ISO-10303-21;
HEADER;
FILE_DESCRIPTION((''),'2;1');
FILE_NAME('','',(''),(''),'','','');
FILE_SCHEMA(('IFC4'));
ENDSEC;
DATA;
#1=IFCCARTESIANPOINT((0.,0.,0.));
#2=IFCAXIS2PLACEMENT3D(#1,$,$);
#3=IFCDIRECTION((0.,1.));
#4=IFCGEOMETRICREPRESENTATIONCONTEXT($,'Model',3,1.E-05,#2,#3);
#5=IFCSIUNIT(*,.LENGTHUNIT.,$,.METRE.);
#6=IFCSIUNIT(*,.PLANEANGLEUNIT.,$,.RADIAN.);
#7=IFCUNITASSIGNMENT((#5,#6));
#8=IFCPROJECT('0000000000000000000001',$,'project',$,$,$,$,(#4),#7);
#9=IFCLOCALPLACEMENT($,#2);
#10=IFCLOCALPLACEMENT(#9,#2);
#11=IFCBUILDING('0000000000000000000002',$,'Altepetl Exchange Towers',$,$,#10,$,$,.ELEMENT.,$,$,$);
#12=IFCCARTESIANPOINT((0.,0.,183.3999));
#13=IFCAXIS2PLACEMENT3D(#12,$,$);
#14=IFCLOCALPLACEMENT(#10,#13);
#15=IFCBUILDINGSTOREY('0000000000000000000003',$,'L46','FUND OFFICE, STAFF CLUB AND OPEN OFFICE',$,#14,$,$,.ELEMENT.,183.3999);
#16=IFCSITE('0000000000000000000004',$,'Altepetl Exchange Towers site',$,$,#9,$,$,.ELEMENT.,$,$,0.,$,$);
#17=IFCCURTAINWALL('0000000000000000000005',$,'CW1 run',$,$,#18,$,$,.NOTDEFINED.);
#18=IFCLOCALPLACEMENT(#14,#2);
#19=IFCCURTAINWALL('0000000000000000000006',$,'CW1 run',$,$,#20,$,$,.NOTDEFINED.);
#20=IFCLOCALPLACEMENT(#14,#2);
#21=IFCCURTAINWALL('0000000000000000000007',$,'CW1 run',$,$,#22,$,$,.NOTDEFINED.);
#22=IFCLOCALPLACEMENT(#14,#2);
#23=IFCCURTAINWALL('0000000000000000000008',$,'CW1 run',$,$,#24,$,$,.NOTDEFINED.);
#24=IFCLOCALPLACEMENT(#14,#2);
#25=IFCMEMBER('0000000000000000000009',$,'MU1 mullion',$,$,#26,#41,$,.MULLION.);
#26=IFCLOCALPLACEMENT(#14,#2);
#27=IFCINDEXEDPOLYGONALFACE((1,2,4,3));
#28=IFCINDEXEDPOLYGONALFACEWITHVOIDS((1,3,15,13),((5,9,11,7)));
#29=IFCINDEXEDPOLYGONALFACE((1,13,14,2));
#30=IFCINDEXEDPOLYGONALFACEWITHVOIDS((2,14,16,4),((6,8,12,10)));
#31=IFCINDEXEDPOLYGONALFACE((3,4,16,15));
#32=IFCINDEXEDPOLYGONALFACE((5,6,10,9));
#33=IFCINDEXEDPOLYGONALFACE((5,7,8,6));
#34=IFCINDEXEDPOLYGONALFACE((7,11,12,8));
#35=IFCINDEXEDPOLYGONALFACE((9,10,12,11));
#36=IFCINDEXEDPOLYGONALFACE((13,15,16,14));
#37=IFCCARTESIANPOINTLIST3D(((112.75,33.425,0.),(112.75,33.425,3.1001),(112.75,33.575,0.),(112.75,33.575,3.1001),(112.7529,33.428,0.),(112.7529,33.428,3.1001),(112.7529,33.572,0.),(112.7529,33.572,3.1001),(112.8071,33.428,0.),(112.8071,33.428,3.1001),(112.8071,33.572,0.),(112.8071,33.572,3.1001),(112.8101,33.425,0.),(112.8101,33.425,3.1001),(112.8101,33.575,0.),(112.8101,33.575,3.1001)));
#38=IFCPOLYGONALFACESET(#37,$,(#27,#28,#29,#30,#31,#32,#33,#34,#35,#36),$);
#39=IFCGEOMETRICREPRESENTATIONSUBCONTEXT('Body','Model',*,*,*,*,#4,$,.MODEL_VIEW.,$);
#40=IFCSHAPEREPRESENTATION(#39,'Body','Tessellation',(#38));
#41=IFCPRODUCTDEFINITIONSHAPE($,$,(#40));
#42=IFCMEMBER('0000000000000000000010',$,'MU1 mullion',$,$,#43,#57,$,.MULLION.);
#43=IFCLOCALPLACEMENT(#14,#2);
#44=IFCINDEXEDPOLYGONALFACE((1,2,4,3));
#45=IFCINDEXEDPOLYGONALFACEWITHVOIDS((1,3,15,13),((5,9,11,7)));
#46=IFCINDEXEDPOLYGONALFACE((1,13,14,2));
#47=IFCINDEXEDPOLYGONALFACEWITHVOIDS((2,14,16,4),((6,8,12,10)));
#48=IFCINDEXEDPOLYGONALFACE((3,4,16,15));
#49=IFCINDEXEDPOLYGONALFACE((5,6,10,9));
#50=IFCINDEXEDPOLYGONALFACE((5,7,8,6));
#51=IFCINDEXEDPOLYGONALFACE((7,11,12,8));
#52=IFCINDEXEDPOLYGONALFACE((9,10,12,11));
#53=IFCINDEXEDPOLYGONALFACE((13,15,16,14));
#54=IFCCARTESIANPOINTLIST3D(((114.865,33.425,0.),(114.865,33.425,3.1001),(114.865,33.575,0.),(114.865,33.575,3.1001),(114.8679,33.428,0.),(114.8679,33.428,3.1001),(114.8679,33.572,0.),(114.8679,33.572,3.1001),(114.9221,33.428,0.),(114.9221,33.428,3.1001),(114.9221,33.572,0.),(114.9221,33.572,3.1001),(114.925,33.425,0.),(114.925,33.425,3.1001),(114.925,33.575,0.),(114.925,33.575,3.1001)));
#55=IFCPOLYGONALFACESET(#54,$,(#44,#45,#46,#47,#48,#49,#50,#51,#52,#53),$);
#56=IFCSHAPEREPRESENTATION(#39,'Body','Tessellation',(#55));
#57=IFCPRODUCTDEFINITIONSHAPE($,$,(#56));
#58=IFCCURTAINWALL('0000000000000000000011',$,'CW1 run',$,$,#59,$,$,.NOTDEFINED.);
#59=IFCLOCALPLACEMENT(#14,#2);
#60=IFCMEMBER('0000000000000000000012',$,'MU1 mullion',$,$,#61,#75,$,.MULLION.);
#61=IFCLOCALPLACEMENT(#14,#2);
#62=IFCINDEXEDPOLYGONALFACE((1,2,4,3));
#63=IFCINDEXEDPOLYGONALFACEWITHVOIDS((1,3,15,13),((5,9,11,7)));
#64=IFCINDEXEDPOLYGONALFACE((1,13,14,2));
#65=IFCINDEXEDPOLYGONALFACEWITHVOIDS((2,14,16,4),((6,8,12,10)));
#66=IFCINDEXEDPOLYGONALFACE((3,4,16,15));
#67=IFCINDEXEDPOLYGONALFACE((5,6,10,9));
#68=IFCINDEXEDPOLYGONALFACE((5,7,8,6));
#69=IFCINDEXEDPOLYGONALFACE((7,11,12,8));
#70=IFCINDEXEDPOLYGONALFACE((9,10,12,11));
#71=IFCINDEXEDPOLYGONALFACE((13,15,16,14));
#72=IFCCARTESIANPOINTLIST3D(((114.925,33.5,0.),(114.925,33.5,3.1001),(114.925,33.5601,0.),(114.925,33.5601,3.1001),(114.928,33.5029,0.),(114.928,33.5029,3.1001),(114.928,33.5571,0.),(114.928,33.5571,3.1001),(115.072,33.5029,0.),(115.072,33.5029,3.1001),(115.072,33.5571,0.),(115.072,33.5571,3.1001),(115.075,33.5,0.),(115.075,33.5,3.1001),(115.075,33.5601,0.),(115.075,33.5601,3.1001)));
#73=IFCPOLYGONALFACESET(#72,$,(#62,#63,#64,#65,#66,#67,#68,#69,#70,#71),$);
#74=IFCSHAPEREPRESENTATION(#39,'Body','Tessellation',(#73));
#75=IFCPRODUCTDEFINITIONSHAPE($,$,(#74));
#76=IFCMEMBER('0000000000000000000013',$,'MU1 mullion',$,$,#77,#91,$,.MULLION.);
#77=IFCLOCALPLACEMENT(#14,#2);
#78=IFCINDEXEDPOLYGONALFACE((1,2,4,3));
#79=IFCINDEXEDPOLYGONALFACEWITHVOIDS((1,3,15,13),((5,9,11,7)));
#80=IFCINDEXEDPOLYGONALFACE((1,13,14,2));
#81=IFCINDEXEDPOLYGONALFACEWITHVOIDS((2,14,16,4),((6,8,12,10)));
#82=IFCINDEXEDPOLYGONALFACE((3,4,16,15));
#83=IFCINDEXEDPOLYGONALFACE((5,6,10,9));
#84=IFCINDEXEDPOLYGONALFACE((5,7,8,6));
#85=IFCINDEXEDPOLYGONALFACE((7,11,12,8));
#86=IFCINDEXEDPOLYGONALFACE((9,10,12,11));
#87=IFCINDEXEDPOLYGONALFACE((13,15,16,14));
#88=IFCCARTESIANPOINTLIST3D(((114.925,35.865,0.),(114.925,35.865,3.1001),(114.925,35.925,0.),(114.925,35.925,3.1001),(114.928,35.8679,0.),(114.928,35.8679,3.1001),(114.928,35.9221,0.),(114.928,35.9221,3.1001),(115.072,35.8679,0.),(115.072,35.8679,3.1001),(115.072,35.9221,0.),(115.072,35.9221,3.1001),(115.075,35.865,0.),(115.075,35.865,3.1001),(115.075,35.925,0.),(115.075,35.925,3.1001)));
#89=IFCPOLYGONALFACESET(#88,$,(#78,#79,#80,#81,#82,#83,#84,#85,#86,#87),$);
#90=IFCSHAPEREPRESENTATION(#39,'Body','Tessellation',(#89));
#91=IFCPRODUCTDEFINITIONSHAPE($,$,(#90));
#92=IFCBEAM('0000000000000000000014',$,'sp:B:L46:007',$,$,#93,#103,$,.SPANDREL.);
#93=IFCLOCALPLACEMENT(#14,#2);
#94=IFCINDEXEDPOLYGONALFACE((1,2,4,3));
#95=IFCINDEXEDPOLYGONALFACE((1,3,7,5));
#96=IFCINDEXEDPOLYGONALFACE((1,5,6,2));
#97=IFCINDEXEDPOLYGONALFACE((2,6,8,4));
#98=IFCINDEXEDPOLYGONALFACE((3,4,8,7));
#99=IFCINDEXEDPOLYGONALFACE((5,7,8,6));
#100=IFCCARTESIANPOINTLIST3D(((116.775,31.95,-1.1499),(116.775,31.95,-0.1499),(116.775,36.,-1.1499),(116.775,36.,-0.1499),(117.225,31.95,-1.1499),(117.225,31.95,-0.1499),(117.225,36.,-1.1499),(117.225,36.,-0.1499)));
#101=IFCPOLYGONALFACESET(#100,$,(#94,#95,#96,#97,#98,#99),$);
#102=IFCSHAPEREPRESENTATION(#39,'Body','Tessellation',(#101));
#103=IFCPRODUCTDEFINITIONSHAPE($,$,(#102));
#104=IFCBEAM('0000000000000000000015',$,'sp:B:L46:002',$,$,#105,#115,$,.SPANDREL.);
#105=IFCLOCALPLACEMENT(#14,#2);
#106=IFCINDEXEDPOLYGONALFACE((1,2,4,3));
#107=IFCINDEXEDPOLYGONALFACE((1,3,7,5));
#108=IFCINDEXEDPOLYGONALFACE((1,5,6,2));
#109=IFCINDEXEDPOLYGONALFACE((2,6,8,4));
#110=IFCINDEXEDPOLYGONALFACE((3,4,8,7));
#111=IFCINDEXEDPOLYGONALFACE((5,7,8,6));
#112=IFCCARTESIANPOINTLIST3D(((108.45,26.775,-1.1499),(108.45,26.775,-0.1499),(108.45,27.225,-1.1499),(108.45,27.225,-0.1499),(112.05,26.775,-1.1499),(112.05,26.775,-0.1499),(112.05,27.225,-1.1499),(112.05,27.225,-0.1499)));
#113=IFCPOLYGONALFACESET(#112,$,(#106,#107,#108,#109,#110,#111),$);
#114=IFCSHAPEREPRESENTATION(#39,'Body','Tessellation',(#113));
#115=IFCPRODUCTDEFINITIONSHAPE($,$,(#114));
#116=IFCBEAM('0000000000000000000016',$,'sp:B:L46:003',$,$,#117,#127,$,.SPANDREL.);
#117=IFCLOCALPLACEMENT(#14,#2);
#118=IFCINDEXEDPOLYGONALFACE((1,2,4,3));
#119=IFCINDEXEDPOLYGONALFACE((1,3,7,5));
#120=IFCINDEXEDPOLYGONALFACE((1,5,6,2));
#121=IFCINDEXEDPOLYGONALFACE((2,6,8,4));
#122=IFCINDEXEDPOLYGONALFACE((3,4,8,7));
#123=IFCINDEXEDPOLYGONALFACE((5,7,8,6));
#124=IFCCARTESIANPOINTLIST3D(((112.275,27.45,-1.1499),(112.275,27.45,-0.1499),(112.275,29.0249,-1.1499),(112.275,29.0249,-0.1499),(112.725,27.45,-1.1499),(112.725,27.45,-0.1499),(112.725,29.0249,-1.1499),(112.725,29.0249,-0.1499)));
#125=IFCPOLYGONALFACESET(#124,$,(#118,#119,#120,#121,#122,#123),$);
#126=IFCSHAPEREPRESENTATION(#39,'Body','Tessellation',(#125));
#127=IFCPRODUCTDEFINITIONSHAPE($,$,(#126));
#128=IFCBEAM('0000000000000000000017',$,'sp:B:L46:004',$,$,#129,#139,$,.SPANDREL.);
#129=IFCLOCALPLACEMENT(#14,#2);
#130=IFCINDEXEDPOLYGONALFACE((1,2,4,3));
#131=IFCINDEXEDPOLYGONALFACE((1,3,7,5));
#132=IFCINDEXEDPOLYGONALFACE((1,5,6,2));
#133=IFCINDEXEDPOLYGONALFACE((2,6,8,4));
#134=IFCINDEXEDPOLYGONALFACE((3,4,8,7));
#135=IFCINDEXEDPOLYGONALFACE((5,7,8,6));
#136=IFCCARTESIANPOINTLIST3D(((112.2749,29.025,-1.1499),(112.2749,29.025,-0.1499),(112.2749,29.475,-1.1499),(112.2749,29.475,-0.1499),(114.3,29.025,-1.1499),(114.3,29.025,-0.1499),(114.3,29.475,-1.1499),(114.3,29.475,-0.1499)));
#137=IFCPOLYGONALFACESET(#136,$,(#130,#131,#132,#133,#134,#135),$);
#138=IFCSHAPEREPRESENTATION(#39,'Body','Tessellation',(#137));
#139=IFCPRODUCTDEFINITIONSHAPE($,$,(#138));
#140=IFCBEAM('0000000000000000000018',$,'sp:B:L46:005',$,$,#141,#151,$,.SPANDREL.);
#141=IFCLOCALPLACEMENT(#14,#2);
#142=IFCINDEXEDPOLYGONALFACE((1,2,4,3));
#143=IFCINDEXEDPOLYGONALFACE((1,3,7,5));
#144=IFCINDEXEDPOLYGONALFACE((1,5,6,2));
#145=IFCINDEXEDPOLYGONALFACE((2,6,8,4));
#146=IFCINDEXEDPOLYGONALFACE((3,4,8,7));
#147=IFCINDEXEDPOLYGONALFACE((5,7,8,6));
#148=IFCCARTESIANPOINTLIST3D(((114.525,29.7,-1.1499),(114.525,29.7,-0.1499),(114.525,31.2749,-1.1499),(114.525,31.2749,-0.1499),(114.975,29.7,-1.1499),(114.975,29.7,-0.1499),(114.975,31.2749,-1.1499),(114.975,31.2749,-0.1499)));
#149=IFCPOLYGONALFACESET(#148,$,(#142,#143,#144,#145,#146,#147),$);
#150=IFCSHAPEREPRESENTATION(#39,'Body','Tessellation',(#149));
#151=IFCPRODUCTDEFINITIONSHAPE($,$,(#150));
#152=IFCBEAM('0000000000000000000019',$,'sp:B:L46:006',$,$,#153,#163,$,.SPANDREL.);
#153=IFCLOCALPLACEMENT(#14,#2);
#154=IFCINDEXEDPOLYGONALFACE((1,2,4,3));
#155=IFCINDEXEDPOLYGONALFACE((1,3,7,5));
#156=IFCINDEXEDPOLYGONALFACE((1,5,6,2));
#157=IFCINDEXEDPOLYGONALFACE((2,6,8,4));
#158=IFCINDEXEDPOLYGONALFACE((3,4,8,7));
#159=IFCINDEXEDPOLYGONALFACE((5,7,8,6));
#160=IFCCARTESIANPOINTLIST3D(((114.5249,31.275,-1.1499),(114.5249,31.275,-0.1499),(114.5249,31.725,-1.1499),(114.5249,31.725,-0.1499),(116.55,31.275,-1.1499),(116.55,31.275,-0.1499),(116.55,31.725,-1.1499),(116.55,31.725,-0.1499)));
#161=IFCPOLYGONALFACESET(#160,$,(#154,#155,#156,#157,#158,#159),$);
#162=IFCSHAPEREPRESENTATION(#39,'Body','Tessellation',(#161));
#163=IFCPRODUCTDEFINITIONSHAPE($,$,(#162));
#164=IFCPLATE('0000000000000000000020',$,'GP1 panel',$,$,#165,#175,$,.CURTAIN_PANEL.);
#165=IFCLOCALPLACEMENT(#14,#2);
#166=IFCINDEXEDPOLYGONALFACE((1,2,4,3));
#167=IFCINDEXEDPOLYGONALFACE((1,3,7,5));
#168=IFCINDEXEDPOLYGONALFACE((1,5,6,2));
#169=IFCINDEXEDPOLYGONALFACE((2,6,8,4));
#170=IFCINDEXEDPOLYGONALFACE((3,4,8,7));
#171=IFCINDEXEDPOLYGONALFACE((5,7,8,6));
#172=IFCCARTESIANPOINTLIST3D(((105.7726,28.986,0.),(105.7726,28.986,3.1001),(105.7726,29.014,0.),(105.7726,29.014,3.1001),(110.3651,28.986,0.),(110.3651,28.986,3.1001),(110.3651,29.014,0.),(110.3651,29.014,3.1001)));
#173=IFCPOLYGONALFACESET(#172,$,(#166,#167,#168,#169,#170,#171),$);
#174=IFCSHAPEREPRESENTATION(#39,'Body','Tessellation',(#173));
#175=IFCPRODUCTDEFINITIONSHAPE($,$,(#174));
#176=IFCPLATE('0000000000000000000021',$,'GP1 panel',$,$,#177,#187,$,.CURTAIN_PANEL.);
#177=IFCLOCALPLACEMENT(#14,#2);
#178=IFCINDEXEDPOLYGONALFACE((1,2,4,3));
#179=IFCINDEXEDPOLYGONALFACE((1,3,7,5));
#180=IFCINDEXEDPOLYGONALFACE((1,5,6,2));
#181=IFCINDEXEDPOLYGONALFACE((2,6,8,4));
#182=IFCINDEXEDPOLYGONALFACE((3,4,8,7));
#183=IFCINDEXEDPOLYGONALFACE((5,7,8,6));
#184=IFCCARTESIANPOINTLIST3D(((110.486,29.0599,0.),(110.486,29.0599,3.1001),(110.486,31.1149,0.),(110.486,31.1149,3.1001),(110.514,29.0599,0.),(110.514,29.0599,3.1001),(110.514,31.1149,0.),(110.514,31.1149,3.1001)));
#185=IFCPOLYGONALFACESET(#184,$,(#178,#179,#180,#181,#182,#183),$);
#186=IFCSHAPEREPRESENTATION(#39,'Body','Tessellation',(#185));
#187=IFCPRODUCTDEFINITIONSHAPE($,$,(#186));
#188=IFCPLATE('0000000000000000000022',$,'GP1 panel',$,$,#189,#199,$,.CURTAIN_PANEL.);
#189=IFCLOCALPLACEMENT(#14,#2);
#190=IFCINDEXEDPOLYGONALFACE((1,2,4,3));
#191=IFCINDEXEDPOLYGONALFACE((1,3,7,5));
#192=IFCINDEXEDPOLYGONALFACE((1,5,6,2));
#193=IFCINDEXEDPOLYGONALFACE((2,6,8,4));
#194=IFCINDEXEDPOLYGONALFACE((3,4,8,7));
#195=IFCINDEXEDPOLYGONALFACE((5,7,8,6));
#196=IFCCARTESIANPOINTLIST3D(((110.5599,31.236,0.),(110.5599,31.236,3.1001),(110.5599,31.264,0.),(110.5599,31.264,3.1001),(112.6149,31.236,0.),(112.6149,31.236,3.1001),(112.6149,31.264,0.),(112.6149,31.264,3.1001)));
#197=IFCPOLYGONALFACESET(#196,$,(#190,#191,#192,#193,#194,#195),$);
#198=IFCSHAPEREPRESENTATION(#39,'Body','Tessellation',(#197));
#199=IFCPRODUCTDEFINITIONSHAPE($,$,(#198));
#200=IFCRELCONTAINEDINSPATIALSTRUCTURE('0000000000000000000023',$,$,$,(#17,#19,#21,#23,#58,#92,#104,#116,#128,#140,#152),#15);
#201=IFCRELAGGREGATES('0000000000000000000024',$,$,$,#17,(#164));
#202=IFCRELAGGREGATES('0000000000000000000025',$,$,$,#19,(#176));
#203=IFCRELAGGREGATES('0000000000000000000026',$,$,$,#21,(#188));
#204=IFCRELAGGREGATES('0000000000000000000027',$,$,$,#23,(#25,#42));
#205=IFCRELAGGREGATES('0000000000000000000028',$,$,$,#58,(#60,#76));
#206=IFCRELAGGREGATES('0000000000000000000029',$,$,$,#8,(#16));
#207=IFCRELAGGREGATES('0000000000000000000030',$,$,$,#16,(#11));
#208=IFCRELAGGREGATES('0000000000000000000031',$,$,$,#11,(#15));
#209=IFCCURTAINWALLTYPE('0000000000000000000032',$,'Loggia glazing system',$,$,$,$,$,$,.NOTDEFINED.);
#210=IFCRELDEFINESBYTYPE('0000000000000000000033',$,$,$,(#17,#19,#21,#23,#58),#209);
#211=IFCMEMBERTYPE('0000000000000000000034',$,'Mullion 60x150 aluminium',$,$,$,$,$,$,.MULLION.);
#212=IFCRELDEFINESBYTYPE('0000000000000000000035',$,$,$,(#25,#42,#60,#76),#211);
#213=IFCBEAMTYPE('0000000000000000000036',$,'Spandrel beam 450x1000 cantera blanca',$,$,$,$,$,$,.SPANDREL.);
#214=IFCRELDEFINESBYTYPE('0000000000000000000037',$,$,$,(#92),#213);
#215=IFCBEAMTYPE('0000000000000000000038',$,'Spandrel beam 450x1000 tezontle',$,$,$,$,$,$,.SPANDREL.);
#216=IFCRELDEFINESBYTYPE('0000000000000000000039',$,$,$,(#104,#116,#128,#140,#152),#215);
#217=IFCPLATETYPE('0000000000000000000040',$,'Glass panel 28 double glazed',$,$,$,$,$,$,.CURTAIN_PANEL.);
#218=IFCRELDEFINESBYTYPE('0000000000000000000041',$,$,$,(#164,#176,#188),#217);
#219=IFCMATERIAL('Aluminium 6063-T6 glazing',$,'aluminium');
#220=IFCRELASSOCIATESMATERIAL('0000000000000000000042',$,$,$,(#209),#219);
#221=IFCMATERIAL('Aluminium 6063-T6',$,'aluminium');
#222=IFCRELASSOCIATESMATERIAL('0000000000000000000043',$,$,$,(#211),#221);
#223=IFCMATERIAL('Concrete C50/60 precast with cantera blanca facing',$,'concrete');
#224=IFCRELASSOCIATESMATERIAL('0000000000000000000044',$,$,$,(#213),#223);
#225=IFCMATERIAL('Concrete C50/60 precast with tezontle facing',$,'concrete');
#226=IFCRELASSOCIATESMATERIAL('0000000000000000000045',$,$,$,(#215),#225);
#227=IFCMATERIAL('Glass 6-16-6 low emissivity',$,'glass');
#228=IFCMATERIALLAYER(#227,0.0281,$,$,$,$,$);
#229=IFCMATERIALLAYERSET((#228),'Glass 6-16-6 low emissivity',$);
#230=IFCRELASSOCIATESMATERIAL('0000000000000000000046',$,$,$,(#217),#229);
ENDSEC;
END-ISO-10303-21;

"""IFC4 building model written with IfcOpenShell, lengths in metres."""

from ifc_helpers import new_model, si_unit, direction, frame, origin, origin_2d, place, context, subcontext, project, spatial, rectangle, hollow_rectangle, extrude, material, layer, layer_set, material_profile, profile_set, type_object, element, aggregate, save


model = new_model("IFC4")

# Units and contexts
model_context = context("Model", 3, precision=1e-05, world=origin(), true_north=direction((0.0, 1.0)))
body_context = subcontext(model_context, "Body", "Model", "MODEL_VIEW")
ifc_project = project(units=[si_unit("LENGTHUNIT", "METRE"), si_unit("PLANEANGLEUNIT", "RADIAN")], contexts=[model_context])

# Site, building, storey
site_placement = place(None, origin())
site = spatial("IfcSite", under=ifc_project, at=site_placement, Name="Altepetl Exchange Towers site", CompositionType="ELEMENT", RefElevation=0.0)
building_placement = place(site_placement, origin())
building = spatial("IfcBuilding", under=site, at=building_placement, Name="Altepetl Exchange Towers", CompositionType="ELEMENT")
storey_placement = place(building_placement, frame((0.0, 0.0, 183.3999)))
storey = spatial("IfcBuildingStorey", under=building, at=storey_placement, Name="L46", Description="FUND OFFICE, STAFF CLUB AND OPEN OFFICE", CompositionType="ELEMENT", Elevation=183.3999)

# Curtain wall
ifc_material_1 = material(Name="Aluminium 6063-T6 glazing", Category="aluminium")
curtain_wall_type = type_object("IfcCurtainWallType", Name="Loggia glazing system", PredefinedType="NOTDEFINED", material=ifc_material_1)
curtain_wall_1_placement = place(storey_placement, origin())
curtain_wall_1 = element("IfcCurtainWall", 1, at=curtain_wall_1_placement, inside=storey, type_object=curtain_wall_type, Name="CW1 run", PredefinedType="NOTDEFINED")
ifc_material_2 = material(Name="Aluminium 6063-T6", Category="aluminium")
ifc_material_profile_1 = material_profile(ifc_material_2, hollow_rectangle(XDim=0.0601, YDim=0.1499, WallThickness=0.0029, at=origin_2d()), Name="Mullion 60x150 aluminium")
ifc_profile_set_1 = profile_set([ifc_material_profile_1], Name="Aluminium 6063-T6")
member_type = type_object("IfcMemberType", Name="Mullion 60x150 aluminium", PredefinedType="MULLION", material=ifc_profile_set_1)

# Curtain walls, members
curtain_wall_2_placement = place(storey_placement, origin())
curtain_wall_2 = element("IfcCurtainWall", 2, at=curtain_wall_2_placement, inside=storey, type_object=curtain_wall_type, Name="CW1 run", PredefinedType="NOTDEFINED")
curtain_wall_3_placement = place(storey_placement, origin())
curtain_wall_3 = element("IfcCurtainWall", 3, at=curtain_wall_3_placement, inside=storey, type_object=curtain_wall_type, Name="CW1 run", PredefinedType="NOTDEFINED")
curtain_wall_4_placement = place(storey_placement, origin())
curtain_wall_4 = element("IfcCurtainWall", 4, at=curtain_wall_4_placement, inside=storey, type_object=curtain_wall_type, Name="CW1 run", PredefinedType="NOTDEFINED")
member_1_placement = place(storey_placement, frame((112.78, 33.5, 0.0)))
member_1 = element("IfcMember", 5, at=member_1_placement, type_object=member_type, Name="MU1 mullion", PredefinedType="MULLION", context=body_context, shape_type="SweptSolid", body=[
    extrude(hollow_rectangle(XDim=0.0601, YDim=0.1499, WallThickness=0.0029, at=origin_2d()), origin(), (0.0, 0.0, 1.0), 3.1001),
])
member_2_placement = place(storey_placement, frame((114.895, 33.5, 0.0)))
member_2 = element("IfcMember", 6, at=member_2_placement, type_object=member_type, Name="MU1 mullion", PredefinedType="MULLION", context=body_context, shape_type="SweptSolid", body=[
    extrude(hollow_rectangle(XDim=0.0601, YDim=0.1499, WallThickness=0.0029, at=origin_2d()), origin(), (0.0, 0.0, 1.0), 3.1001),
])
curtain_wall_5_placement = place(storey_placement, origin())
curtain_wall_5 = element("IfcCurtainWall", 7, at=curtain_wall_5_placement, inside=storey, type_object=curtain_wall_type, Name="CW1 run", PredefinedType="NOTDEFINED")
member_3_placement = place(storey_placement, frame((115.0, 33.53, 0.0), z_axis=(0.0, 0.0, 1.0), x_axis=(0.0, 1.0, 0.0)))
member_3 = element("IfcMember", 8, at=member_3_placement, type_object=member_type, Name="MU1 mullion", PredefinedType="MULLION", context=body_context, shape_type="SweptSolid", body=[
    extrude(hollow_rectangle(XDim=0.0601, YDim=0.1499, WallThickness=0.0029, at=origin_2d()), origin(), (0.0, 0.0, 1.0), 3.1001),
])
member_4_placement = place(storey_placement, frame((115.0, 35.895, 0.0), z_axis=(0.0, 0.0, 1.0), x_axis=(0.0, 1.0, 0.0)))
member_4 = element("IfcMember", 9, at=member_4_placement, type_object=member_type, Name="MU1 mullion", PredefinedType="MULLION", context=body_context, shape_type="SweptSolid", body=[
    extrude(hollow_rectangle(XDim=0.0601, YDim=0.1499, WallThickness=0.0029, at=origin_2d()), origin(), (0.0, 0.0, 1.0), 3.1001),
])

# Beams
ifc_material_3 = material(Name="Concrete C50/60 precast with cantera blanca facing", Category="concrete")
ifc_material_profile_2 = material_profile(ifc_material_3, rectangle(XDim=0.45, YDim=1.0, at=origin_2d()), Name="450 x 1000")
ifc_profile_set_2 = profile_set([ifc_material_profile_2], Name="Concrete C50/60 precast with cantera blanca facing")
beam_type_1 = type_object("IfcBeamType", Name="Spandrel beam 450x1000 cantera blanca", PredefinedType="SPANDREL", material=ifc_profile_set_2)
beam_1_placement = place(storey_placement, frame((117.0, 31.95, -0.6499), z_axis=(0.0, 1.0, 0.0), x_axis=(-1.0, 0.0, 0.0)))
element("IfcBeam", 10, at=beam_1_placement, inside=storey, type_object=beam_type_1, Name="sp:B:L46:007", PredefinedType="SPANDREL", context=body_context, shape_type="SweptSolid", body=[
    extrude(rectangle(XDim=0.45, YDim=1.0, at=origin_2d()), origin(), (0.0, 0.0, 1.0), 4.05),
])
ifc_material_4 = material(Name="Concrete C50/60 precast with tezontle facing", Category="concrete")
ifc_material_profile_3 = material_profile(ifc_material_4, rectangle(XDim=0.45, YDim=1.0, at=origin_2d()), Name="450 x 1000")
ifc_profile_set_3 = profile_set([ifc_material_profile_3], Name="Concrete C50/60 precast with tezontle facing")
beam_type_2 = type_object("IfcBeamType", Name="Spandrel beam 450x1000 tezontle", PredefinedType="SPANDREL", material=ifc_profile_set_3)
beam_2_placement = place(storey_placement, frame((108.45, 27.0, -0.6499), z_axis=(1.0, 0.0, 0.0), x_axis=(0.0, 1.0, 0.0)))
element("IfcBeam", 11, at=beam_2_placement, inside=storey, type_object=beam_type_2, Name="sp:B:L46:002", PredefinedType="SPANDREL", context=body_context, shape_type="SweptSolid", body=[
    extrude(rectangle(XDim=0.45, YDim=1.0, at=origin_2d()), origin(), (0.0, 0.0, 1.0), 3.6001),
])
beam_3_placement = place(storey_placement, frame((112.5, 27.45, -0.6499), z_axis=(0.0, 1.0, 0.0), x_axis=(-1.0, 0.0, 0.0)))
element("IfcBeam", 12, at=beam_3_placement, inside=storey, type_object=beam_type_2, Name="sp:B:L46:003", PredefinedType="SPANDREL", context=body_context, shape_type="SweptSolid", body=[
    extrude(rectangle(XDim=0.45, YDim=1.0, at=origin_2d()), origin(), (0.0, 0.0, 1.0), 1.575),
])
beam_4_placement = place(storey_placement, frame((112.2749, 29.25, -0.6499), z_axis=(1.0, 0.0, 0.0), x_axis=(0.0, 1.0, 0.0)))
element("IfcBeam", 13, at=beam_4_placement, inside=storey, type_object=beam_type_2, Name="sp:B:L46:004", PredefinedType="SPANDREL", context=body_context, shape_type="SweptSolid", body=[
    extrude(rectangle(XDim=0.45, YDim=1.0, at=origin_2d()), origin(), (0.0, 0.0, 1.0), 2.0251),
])
beam_5_placement = place(storey_placement, frame((114.75, 29.7, -0.6499), z_axis=(0.0, 1.0, 0.0), x_axis=(-1.0, 0.0, 0.0)))
element("IfcBeam", 14, at=beam_5_placement, inside=storey, type_object=beam_type_2, Name="sp:B:L46:005", PredefinedType="SPANDREL", context=body_context, shape_type="SweptSolid", body=[
    extrude(rectangle(XDim=0.45, YDim=1.0, at=origin_2d()), origin(), (0.0, 0.0, 1.0), 1.575),
])
beam_6_placement = place(storey_placement, frame((114.5249, 31.5, -0.6499), z_axis=(1.0, 0.0, 0.0), x_axis=(0.0, 1.0, 0.0)))
element("IfcBeam", 15, at=beam_6_placement, inside=storey, type_object=beam_type_2, Name="sp:B:L46:006", PredefinedType="SPANDREL", context=body_context, shape_type="SweptSolid", body=[
    extrude(rectangle(XDim=0.45, YDim=1.0, at=origin_2d()), origin(), (0.0, 0.0, 1.0), 2.0251),
])

# Plates
ifc_material_5 = material(Name="Glass 6-16-6 low emissivity", Category="glass")
ifc_layer_1 = layer(ifc_material_5, 0.0281)
ifc_layer_set_1 = layer_set([ifc_layer_1], Name="Glass 6-16-6 low emissivity")
plate_type = type_object("IfcPlateType", Name="Glass panel 28 double glazed", PredefinedType="CURTAIN_PANEL", material=ifc_layer_set_1)
plate_1_placement = place(storey_placement, frame((108.0688, 29.0, 0.0)))
plate_1 = element("IfcPlate", 16, at=plate_1_placement, type_object=plate_type, Name="GP1 panel", PredefinedType="CURTAIN_PANEL", context=body_context, shape_type="SweptSolid", body=[
    extrude(rectangle(XDim=4.5925, YDim=0.0281, at=origin_2d()), origin(), (0.0, 0.0, 1.0), 3.1001),
])
aggregate(curtain_wall_1, [plate_1])
plate_2_placement = place(storey_placement, frame((110.5, 30.0874, 0.0), z_axis=(0.0, 0.0, 1.0), x_axis=(0.0, 1.0, 0.0)))
plate_2 = element("IfcPlate", 17, at=plate_2_placement, type_object=plate_type, Name="GP1 panel", PredefinedType="CURTAIN_PANEL", context=body_context, shape_type="SweptSolid", body=[
    extrude(rectangle(XDim=2.0549, YDim=0.0281, at=origin_2d()), origin(), (0.0, 0.0, 1.0), 3.1001),
])
aggregate(curtain_wall_2, [plate_2])
plate_3_placement = place(storey_placement, frame((111.5874, 31.25, 0.0)))
plate_3 = element("IfcPlate", 18, at=plate_3_placement, type_object=plate_type, Name="GP1 panel", PredefinedType="CURTAIN_PANEL", context=body_context, shape_type="SweptSolid", body=[
    extrude(rectangle(XDim=2.0549, YDim=0.0281, at=origin_2d()), origin(), (0.0, 0.0, 1.0), 3.1001),
])
aggregate(curtain_wall_3, [plate_3])
aggregate(curtain_wall_4, [member_1, member_2])
aggregate(curtain_wall_5, [member_3, member_4])

save(model, "model.ifc")
